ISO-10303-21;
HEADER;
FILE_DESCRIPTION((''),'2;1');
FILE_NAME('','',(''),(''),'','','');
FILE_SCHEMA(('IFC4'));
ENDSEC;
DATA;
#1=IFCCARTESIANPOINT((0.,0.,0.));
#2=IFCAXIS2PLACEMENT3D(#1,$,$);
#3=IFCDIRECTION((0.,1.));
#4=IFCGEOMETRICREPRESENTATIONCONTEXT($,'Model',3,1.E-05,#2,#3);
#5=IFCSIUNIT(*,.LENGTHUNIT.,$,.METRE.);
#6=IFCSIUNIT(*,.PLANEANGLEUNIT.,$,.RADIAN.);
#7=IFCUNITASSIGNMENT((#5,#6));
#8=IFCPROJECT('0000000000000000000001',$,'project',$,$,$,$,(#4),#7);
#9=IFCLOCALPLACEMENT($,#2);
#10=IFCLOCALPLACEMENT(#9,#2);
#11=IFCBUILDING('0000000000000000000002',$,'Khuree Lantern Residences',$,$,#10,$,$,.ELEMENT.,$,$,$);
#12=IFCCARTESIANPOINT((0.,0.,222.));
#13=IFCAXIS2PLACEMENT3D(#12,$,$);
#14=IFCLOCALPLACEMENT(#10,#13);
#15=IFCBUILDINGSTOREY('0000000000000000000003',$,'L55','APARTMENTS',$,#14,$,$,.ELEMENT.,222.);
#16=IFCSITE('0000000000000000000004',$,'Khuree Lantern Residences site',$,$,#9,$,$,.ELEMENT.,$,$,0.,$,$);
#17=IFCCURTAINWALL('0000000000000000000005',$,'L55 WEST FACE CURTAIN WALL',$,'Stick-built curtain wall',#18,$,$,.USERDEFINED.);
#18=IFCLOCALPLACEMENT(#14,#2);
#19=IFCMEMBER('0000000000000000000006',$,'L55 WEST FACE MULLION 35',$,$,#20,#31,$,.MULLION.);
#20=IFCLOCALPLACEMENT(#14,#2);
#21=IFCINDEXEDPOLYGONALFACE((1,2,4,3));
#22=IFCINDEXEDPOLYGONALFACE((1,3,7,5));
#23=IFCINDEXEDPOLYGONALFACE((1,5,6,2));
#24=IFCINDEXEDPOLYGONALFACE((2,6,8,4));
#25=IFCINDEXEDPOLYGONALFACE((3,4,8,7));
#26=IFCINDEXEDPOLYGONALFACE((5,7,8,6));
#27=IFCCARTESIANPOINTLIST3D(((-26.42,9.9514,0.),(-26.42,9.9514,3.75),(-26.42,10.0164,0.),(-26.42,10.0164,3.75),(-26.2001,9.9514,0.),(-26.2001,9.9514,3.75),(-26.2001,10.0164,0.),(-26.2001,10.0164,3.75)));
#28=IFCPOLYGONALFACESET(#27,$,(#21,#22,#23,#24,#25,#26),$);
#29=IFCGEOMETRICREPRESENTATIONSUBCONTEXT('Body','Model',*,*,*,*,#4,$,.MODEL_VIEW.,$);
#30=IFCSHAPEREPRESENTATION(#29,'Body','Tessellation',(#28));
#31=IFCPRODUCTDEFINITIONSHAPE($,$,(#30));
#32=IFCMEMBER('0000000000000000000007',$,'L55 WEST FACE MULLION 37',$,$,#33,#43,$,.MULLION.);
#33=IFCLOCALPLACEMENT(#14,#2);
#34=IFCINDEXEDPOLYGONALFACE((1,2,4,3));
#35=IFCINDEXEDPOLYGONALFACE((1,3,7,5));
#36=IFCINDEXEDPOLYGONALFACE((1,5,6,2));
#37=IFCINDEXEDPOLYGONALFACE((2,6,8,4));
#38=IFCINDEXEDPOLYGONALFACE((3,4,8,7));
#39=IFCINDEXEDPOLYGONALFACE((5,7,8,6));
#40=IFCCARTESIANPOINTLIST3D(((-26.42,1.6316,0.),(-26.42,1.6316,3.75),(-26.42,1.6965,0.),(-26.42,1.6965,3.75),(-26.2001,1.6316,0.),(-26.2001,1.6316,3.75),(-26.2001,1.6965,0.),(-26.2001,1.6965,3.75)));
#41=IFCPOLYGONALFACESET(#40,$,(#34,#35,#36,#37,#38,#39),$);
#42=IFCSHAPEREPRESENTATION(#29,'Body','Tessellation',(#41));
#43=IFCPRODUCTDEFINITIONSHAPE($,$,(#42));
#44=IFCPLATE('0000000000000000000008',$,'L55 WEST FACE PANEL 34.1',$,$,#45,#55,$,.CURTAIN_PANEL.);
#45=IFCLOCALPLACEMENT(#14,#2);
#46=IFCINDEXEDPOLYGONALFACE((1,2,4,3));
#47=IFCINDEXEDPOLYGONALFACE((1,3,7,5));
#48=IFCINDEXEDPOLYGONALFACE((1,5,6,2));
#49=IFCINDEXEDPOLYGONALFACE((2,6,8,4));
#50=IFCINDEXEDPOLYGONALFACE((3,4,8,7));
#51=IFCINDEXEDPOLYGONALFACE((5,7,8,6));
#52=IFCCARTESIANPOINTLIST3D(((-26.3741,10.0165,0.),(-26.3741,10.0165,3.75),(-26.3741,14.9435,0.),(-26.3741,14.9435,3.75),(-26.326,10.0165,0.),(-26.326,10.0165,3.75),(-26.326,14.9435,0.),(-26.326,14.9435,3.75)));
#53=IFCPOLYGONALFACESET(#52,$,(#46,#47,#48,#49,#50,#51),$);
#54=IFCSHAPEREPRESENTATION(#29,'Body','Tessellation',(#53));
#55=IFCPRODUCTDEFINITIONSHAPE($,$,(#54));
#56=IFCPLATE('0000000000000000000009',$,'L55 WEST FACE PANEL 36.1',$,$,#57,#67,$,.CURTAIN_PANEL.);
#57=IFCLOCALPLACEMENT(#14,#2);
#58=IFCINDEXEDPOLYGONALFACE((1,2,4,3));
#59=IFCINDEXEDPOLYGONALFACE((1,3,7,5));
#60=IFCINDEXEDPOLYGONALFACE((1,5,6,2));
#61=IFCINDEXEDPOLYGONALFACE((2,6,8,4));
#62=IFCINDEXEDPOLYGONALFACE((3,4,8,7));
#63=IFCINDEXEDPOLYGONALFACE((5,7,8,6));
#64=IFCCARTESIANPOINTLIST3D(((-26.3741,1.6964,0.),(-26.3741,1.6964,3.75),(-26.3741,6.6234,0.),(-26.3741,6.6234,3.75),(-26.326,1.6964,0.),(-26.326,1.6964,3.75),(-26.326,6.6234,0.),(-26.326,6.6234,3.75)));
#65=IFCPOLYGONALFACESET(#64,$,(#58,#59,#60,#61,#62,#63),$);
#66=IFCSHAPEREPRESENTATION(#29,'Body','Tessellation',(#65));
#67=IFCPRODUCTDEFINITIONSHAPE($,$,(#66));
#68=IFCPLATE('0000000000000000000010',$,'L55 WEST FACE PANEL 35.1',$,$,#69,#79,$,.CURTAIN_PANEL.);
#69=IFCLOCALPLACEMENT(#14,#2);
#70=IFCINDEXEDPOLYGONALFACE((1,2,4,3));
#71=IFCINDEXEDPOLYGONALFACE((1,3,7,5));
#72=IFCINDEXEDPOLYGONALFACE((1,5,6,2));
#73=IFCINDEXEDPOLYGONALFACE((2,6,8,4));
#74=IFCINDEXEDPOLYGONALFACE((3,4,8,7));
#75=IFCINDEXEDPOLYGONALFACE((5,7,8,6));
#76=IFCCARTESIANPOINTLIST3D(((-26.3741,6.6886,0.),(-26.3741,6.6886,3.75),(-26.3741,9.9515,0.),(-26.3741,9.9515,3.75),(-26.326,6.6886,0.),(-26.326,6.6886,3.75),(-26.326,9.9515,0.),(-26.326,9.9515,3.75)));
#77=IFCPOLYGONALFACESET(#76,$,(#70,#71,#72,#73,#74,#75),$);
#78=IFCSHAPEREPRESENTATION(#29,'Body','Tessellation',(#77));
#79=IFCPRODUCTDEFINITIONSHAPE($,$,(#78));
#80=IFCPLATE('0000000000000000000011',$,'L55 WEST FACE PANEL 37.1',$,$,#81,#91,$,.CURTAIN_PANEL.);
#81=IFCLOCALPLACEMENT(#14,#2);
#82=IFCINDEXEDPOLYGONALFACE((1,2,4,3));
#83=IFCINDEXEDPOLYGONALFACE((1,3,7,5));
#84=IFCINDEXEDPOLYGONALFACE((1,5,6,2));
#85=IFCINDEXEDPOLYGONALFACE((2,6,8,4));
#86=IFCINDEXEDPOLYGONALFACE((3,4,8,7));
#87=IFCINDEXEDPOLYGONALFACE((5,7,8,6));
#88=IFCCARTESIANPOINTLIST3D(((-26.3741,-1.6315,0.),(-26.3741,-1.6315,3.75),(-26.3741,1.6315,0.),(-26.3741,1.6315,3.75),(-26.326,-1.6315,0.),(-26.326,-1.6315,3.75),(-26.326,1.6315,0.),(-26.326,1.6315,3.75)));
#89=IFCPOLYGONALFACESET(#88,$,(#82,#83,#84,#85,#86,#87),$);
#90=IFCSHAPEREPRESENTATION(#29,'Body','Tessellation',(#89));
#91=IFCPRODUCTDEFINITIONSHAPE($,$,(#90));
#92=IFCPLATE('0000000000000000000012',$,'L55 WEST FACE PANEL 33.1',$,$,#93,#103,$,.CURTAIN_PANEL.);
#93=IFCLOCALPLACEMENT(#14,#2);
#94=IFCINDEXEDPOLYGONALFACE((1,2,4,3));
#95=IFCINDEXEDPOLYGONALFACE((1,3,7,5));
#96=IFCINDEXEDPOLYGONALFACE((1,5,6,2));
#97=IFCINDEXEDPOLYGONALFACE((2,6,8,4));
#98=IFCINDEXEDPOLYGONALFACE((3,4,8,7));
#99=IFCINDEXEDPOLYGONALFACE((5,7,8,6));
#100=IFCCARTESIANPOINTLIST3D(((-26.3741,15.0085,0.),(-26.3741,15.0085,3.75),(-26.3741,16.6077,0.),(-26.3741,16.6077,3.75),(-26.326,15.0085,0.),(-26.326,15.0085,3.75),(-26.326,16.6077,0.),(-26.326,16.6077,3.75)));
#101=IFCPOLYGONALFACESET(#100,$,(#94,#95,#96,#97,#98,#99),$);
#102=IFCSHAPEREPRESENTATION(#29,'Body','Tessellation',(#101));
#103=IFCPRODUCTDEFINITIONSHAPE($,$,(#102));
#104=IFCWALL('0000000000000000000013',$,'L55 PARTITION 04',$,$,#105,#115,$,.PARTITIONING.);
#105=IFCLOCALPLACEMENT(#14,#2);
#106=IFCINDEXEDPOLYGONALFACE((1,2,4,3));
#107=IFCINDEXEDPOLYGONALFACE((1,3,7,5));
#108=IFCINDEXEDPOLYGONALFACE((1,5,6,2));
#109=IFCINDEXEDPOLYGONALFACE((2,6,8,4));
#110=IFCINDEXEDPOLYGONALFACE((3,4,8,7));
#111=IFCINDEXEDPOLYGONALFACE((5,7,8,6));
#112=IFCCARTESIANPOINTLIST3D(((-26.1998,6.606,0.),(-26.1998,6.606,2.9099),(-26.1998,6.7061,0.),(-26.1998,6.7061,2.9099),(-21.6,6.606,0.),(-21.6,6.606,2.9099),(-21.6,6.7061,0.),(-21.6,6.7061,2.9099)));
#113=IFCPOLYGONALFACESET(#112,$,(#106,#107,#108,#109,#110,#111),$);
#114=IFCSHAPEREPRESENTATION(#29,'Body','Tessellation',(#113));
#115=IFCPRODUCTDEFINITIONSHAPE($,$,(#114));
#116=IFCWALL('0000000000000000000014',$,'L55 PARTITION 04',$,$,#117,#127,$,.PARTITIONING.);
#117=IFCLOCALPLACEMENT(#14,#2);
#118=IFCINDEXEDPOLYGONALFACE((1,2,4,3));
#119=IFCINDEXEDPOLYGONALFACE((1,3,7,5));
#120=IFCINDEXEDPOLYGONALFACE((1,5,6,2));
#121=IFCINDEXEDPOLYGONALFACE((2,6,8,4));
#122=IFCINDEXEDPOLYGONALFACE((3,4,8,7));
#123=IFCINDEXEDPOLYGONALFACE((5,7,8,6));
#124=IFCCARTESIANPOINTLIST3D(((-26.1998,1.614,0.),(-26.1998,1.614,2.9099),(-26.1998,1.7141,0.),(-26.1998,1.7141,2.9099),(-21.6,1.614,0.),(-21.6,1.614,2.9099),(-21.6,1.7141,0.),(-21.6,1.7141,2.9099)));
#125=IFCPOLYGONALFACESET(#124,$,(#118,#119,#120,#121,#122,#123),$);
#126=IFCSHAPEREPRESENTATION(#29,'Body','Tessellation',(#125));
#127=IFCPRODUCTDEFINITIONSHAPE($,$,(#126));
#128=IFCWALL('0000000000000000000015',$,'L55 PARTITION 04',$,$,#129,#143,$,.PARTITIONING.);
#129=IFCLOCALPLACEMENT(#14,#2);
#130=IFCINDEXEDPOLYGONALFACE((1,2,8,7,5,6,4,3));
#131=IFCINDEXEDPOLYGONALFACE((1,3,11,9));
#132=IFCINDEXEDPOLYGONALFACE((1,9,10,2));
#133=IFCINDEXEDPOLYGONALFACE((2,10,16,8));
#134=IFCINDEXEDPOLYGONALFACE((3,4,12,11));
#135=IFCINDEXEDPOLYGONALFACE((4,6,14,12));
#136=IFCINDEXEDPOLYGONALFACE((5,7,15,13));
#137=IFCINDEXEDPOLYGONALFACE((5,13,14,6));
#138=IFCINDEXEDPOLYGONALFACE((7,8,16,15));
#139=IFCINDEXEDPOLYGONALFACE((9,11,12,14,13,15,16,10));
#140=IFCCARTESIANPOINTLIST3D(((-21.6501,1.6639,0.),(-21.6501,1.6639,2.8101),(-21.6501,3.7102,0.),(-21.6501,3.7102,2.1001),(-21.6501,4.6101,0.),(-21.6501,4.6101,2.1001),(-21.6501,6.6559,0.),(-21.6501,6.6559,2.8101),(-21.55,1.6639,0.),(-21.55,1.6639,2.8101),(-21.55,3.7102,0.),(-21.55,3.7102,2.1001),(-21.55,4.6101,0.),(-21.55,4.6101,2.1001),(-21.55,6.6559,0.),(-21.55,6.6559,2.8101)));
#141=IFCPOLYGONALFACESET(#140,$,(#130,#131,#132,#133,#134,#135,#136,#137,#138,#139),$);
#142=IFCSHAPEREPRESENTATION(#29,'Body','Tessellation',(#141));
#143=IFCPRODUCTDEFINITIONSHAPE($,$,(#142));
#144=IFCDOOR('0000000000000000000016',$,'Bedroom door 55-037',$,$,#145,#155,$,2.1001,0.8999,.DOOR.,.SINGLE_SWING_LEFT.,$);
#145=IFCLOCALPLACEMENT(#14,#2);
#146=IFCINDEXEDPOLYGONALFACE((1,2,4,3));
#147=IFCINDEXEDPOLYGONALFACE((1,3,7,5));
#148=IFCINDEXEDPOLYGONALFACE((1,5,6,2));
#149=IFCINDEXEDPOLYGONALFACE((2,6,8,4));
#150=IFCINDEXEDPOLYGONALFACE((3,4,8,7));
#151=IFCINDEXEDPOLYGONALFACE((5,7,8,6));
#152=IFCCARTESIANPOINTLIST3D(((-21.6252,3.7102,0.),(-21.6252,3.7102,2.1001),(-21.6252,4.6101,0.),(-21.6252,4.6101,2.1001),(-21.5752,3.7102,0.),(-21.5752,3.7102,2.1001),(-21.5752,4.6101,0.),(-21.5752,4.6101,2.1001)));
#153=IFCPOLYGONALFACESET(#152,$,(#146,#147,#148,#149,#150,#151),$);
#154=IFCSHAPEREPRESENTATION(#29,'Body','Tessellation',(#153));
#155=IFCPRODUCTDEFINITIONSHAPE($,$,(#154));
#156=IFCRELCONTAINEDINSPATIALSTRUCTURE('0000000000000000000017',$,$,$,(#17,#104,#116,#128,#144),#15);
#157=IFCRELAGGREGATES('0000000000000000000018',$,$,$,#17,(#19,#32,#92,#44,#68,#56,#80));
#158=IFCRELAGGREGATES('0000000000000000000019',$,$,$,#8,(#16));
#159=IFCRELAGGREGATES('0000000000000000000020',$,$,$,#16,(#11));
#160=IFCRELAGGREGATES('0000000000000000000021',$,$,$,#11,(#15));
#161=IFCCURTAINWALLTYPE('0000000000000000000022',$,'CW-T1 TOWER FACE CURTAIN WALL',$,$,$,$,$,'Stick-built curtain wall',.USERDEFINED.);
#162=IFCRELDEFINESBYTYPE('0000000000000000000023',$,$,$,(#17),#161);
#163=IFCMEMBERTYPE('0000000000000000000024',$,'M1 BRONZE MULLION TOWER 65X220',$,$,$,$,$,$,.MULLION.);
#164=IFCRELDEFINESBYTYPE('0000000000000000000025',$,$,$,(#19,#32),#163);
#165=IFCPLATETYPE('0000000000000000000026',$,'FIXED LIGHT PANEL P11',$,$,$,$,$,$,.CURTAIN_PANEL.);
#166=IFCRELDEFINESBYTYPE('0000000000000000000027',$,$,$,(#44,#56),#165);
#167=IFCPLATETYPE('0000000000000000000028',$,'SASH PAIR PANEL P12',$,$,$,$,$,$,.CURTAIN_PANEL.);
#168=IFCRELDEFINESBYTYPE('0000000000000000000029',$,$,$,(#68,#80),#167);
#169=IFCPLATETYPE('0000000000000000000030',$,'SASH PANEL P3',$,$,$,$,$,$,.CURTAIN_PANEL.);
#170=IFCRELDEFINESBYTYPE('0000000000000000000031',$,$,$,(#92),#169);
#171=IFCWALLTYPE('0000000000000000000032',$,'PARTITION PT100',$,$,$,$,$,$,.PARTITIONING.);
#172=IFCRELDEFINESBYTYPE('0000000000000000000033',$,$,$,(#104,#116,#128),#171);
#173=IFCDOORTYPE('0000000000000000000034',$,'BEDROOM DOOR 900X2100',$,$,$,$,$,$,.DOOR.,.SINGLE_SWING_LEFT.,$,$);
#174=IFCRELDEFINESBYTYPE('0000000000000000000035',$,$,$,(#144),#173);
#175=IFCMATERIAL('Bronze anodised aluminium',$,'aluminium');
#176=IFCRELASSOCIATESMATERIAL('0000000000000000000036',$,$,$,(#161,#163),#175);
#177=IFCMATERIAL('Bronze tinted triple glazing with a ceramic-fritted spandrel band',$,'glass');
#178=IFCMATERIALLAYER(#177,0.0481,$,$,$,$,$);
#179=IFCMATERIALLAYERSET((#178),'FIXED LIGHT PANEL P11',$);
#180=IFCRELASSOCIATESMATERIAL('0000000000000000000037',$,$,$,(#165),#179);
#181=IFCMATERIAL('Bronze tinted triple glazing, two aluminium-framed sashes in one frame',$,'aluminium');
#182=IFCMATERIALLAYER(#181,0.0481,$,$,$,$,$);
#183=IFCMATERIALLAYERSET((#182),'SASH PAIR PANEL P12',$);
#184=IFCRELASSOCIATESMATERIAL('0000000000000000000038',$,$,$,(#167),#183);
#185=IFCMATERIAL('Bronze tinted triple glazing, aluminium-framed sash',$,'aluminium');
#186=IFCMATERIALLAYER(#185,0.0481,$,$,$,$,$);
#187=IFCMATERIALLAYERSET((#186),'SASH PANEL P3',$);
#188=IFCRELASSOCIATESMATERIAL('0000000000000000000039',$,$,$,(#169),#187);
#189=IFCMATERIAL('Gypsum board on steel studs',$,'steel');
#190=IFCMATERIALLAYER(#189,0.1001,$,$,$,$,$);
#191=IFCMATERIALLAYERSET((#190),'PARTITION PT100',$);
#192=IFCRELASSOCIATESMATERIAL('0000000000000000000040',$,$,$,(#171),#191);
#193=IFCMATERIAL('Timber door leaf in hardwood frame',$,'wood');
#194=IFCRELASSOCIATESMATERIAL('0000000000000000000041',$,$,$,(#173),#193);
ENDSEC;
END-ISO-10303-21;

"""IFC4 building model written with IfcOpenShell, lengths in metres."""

from ifc_helpers import new_model, si_unit, direction, frame, frame_2d, origin, origin_2d, place, context, subcontext, project, spatial, rectangle, extrude, material, layer, layer_set, material_profile, profile_set, type_object, element, fill, aggregate, save


model = new_model("IFC4")

# Units and contexts
model_context = context("Model", 3, precision=1e-05, world=origin(), true_north=direction((0.0, 1.0)))
body_context = subcontext(model_context, "Body", "Model", "MODEL_VIEW")
ifc_project = project(units=[si_unit("LENGTHUNIT", "METRE"), si_unit("PLANEANGLEUNIT", "RADIAN")], contexts=[model_context])

# Site, building, storey
site_placement = place(None, origin())
site = spatial("IfcSite", under=ifc_project, at=site_placement, Name="Khuree Lantern Residences site", CompositionType="ELEMENT", RefElevation=0.0)
building_placement = place(site_placement, origin())
building = spatial("IfcBuilding", under=site, at=building_placement, Name="Khuree Lantern Residences", CompositionType="ELEMENT")
storey_placement = place(building_placement, frame((0.0, 0.0, 222.0)))
storey = spatial("IfcBuildingStorey", under=building, at=storey_placement, Name="L55", Description="APARTMENTS", CompositionType="ELEMENT", Elevation=222.0)

# Curtain wall
ifc_material_1 = material(Name="Bronze anodised aluminium", Category="aluminium")
curtain_wall_type = type_object("IfcCurtainWallType", Name="CW-T1 TOWER FACE CURTAIN WALL", ElementType="Stick-built curtain wall", PredefinedType="USERDEFINED", material=ifc_material_1)
curtain_wall_placement = place(storey_placement, origin())
curtain_wall = element("IfcCurtainWall", 1, at=curtain_wall_placement, inside=storey, type_object=curtain_wall_type, Name="L55 WEST FACE CURTAIN WALL", ObjectType="Stick-built curtain wall", PredefinedType="USERDEFINED")

# Members
ifc_material_profile_1 = material_profile(ifc_material_1, rectangle(XDim=0.0649, YDim=0.22, at=origin_2d()), Name="M1 65X220")
ifc_profile_set_1 = profile_set([ifc_material_profile_1], Name="Bronze anodised aluminium")
member_type_1 = type_object("IfcMemberType", Name="M1 BRONZE MULLION TOWER 65X220", PredefinedType="MULLION", material=ifc_profile_set_1)
member_1_placement = place(storey_placement, frame((-26.3101, 9.9839, 0.0), z_axis=(0.0, 0.0, 1.0), x_axis=(0.0, -1.0, 0.0)))
member_1 = element("IfcMember", 2, at=member_1_placement, type_object=member_type_1, Name="L55 WEST FACE MULLION 35", PredefinedType="MULLION", context=body_context, shape_type="SweptSolid", body=[
    extrude(rectangle(XDim=0.0649, YDim=0.22, at=origin_2d()), origin(), (0.0, 0.0, 1.0), 3.75),
])
member_2_placement = place(storey_placement, frame((-26.3101, 1.6641, 0.0), z_axis=(0.0, 0.0, 1.0), x_axis=(0.0, -1.0, 0.0)))
member_2 = element("IfcMember", 3, at=member_2_placement, type_object=member_type_1, Name="L55 WEST FACE MULLION 37", PredefinedType="MULLION", context=body_context, shape_type="SweptSolid", body=[
    extrude(rectangle(XDim=0.0649, YDim=0.22, at=origin_2d()), origin(), (0.0, 0.0, 1.0), 3.75),
])

# Plates
ifc_material_2 = material(Name="Bronze tinted triple glazing with a ceramic-fritted spandrel band", Category="glass")
ifc_layer_1 = layer(ifc_material_2, 0.0481)
ifc_layer_set_1 = layer_set([ifc_layer_1], Name="FIXED LIGHT PANEL P11")
plate_type_1 = type_object("IfcPlateType", Name="FIXED LIGHT PANEL P11", PredefinedType="CURTAIN_PANEL", material=ifc_layer_set_1)
plate_1_placement = place(storey_placement, frame((-26.3501, 12.48, 0.0), z_axis=(0.0, 0.0, 1.0), x_axis=(0.0, -1.0, 0.0)))
plate_1 = element("IfcPlate", 4, at=plate_1_placement, type_object=plate_type_1, Name="L55 WEST FACE PANEL 34.1", PredefinedType="CURTAIN_PANEL", context=body_context, shape_type="SweptSolid", body=[
    extrude(rectangle(XDim=4.927, YDim=0.0481, at=origin_2d()), origin(), (0.0, 0.0, 1.0), 3.75),
])
plate_2_placement = place(storey_placement, frame((-26.3501, 4.1599, 0.0), z_axis=(0.0, 0.0, 1.0), x_axis=(0.0, -1.0, 0.0)))
plate_2 = element("IfcPlate", 5, at=plate_2_placement, type_object=plate_type_1, Name="L55 WEST FACE PANEL 36.1", PredefinedType="CURTAIN_PANEL", context=body_context, shape_type="SweptSolid", body=[
    extrude(rectangle(XDim=4.927, YDim=0.0481, at=origin_2d()), origin(), (0.0, 0.0, 1.0), 3.75),
])
ifc_material_3 = material(Name="Bronze tinted triple glazing, two aluminium-framed sashes in one frame", Category="aluminium")
ifc_layer_2 = layer(ifc_material_3, 0.0481)
ifc_layer_set_2 = layer_set([ifc_layer_2], Name="SASH PAIR PANEL P12")
plate_type_2 = type_object("IfcPlateType", Name="SASH PAIR PANEL P12", PredefinedType="CURTAIN_PANEL", material=ifc_layer_set_2)
plate_3_placement = place(storey_placement, frame((-26.3501, 8.3201, 0.0), z_axis=(0.0, 0.0, 1.0), x_axis=(0.0, -1.0, 0.0)))
plate_3 = element("IfcPlate", 6, at=plate_3_placement, type_object=plate_type_2, Name="L55 WEST FACE PANEL 35.1", PredefinedType="CURTAIN_PANEL", context=body_context, shape_type="SweptSolid", body=[
    extrude(rectangle(XDim=3.2629, YDim=0.0481, at=origin_2d()), origin(), (0.0, 0.0, 1.0), 3.75),
])
plate_4_placement = place(storey_placement, frame((-26.3501, 0.0, 0.0), z_axis=(0.0, 0.0, 1.0), x_axis=(0.0, -1.0, 0.0)))
plate_4 = element("IfcPlate", 7, at=plate_4_placement, type_object=plate_type_2, Name="L55 WEST FACE PANEL 37.1", PredefinedType="CURTAIN_PANEL", context=body_context, shape_type="SweptSolid", body=[
    extrude(rectangle(XDim=3.2629, YDim=0.0481, at=origin_2d()), origin(), (0.0, 0.0, 1.0), 3.75),
])
ifc_material_4 = material(Name="Bronze tinted triple glazing, aluminium-framed sash", Category="aluminium")
ifc_layer_3 = layer(ifc_material_4, 0.0481)
ifc_layer_set_3 = layer_set([ifc_layer_3], Name="SASH PANEL P3")
plate_type_3 = type_object("IfcPlateType", Name="SASH PANEL P3", PredefinedType="CURTAIN_PANEL", material=ifc_layer_set_3)
plate_5_placement = place(storey_placement, frame((-26.3501, 15.8081, 0.0), z_axis=(0.0, 0.0, 1.0), x_axis=(0.0, -1.0, 0.0)))
plate_5 = element("IfcPlate", 8, at=plate_5_placement, type_object=plate_type_3, Name="L55 WEST FACE PANEL 33.1", PredefinedType="CURTAIN_PANEL", context=body_context, shape_type="SweptSolid", body=[
    extrude(rectangle(XDim=1.5991, YDim=0.0481, at=origin_2d()), origin(), (0.0, 0.0, 1.0), 3.75),
])
aggregate(curtain_wall, [member_1, member_2, plate_5, plate_1, plate_3, plate_2, plate_4])

# Walls
ifc_material_5 = material(Name="Gypsum board on steel studs", Category="steel")
ifc_layer_4 = layer(ifc_material_5, 0.1001)
ifc_layer_set_4 = layer_set([ifc_layer_4], Name="PARTITION PT100")
wall_type = type_object("IfcWallType", Name="PARTITION PT100", PredefinedType="PARTITIONING", material=ifc_layer_set_4)
for number, where, z_axis, x_axis, name in (
    (9, (-21.6001, 6.656, 0.0), (0.0, 0.0, 1.0), (-1.0, 0.0, 0.0), "L55 PARTITION 04"),
    (10, (-21.6001, 1.6641, 0.0), (0.0, 0.0, 1.0), (-1.0, 0.0, 0.0), "L55 PARTITION 04"),
):
    element("IfcWall", number, at=place(storey_placement, frame(where, z_axis=z_axis, x_axis=x_axis)), inside=storey, type_object=wall_type, Name=name, PredefinedType="PARTITIONING", context=body_context, shape_type="SweptSolid", body=[
        extrude(rectangle(XDim=4.5999, YDim=0.1001, at=frame_2d((2.2998, 0.0))), origin(), (0.0, 0.0, 1.0), 2.9099),
    ])

# Wall, opening, door
wall_placement = place(storey_placement, frame((-21.6001, 6.656, 0.0), z_axis=(0.0, 0.0, 1.0), x_axis=(0.0, -1.0, 0.0)))
wall = element("IfcWall", 11, at=wall_placement, inside=storey, type_object=wall_type, Name="L55 PARTITION 04", PredefinedType="PARTITIONING", context=body_context, shape_type="SweptSolid", body=[
    extrude(rectangle(XDim=4.9919, YDim=0.1001, at=frame_2d((2.4961, 0.0))), origin(), (0.0, 0.0, 1.0), 2.8101),
])
opening_placement = place(wall_placement, frame((2.0459, 0.0, 0.0)))
opening = element("IfcOpeningElement", 12, at=opening_placement, cuts=wall, PredefinedType="OPENING", context=body_context, shape_type="SweptSolid", body=[
    extrude(rectangle(XDim=0.8999, YDim=2.1001, at=frame_2d((0.45, 1.05))), frame((0.0, 0.0601, 0.0), z_axis=(0.0, -1.0, 0.0), x_axis=(1.0, 0.0, 0.0)), (0.0, 0.0, 1.0), 0.1201),
])
ifc_material_6 = material(Name="Timber door leaf in hardwood frame", Category="wood")
door_type = type_object("IfcDoorType", Name="BEDROOM DOOR 900X2100", OperationType="SINGLE_SWING_LEFT", PredefinedType="DOOR", material=ifc_material_6)
door_placement = place(opening_placement, origin())
door = element("IfcDoor", 13, at=door_placement, inside=storey, type_object=door_type, Name="Bedroom door 55-037", OperationType="SINGLE_SWING_LEFT", OverallHeight=2.1001, OverallWidth=0.8999, PredefinedType="DOOR", context=body_context, shape_type="SweptSolid", body=[
    extrude(rectangle(XDim=0.8999, YDim=2.1001, at=frame_2d((0.45, 1.05))), frame((0.0, 0.0249, 0.0), z_axis=(0.0, -1.0, 0.0), x_axis=(1.0, 0.0, 0.0)), (0.0, 0.0, 1.0), 0.05),
])
fill(opening, door)

save(model, "model.ifc")
